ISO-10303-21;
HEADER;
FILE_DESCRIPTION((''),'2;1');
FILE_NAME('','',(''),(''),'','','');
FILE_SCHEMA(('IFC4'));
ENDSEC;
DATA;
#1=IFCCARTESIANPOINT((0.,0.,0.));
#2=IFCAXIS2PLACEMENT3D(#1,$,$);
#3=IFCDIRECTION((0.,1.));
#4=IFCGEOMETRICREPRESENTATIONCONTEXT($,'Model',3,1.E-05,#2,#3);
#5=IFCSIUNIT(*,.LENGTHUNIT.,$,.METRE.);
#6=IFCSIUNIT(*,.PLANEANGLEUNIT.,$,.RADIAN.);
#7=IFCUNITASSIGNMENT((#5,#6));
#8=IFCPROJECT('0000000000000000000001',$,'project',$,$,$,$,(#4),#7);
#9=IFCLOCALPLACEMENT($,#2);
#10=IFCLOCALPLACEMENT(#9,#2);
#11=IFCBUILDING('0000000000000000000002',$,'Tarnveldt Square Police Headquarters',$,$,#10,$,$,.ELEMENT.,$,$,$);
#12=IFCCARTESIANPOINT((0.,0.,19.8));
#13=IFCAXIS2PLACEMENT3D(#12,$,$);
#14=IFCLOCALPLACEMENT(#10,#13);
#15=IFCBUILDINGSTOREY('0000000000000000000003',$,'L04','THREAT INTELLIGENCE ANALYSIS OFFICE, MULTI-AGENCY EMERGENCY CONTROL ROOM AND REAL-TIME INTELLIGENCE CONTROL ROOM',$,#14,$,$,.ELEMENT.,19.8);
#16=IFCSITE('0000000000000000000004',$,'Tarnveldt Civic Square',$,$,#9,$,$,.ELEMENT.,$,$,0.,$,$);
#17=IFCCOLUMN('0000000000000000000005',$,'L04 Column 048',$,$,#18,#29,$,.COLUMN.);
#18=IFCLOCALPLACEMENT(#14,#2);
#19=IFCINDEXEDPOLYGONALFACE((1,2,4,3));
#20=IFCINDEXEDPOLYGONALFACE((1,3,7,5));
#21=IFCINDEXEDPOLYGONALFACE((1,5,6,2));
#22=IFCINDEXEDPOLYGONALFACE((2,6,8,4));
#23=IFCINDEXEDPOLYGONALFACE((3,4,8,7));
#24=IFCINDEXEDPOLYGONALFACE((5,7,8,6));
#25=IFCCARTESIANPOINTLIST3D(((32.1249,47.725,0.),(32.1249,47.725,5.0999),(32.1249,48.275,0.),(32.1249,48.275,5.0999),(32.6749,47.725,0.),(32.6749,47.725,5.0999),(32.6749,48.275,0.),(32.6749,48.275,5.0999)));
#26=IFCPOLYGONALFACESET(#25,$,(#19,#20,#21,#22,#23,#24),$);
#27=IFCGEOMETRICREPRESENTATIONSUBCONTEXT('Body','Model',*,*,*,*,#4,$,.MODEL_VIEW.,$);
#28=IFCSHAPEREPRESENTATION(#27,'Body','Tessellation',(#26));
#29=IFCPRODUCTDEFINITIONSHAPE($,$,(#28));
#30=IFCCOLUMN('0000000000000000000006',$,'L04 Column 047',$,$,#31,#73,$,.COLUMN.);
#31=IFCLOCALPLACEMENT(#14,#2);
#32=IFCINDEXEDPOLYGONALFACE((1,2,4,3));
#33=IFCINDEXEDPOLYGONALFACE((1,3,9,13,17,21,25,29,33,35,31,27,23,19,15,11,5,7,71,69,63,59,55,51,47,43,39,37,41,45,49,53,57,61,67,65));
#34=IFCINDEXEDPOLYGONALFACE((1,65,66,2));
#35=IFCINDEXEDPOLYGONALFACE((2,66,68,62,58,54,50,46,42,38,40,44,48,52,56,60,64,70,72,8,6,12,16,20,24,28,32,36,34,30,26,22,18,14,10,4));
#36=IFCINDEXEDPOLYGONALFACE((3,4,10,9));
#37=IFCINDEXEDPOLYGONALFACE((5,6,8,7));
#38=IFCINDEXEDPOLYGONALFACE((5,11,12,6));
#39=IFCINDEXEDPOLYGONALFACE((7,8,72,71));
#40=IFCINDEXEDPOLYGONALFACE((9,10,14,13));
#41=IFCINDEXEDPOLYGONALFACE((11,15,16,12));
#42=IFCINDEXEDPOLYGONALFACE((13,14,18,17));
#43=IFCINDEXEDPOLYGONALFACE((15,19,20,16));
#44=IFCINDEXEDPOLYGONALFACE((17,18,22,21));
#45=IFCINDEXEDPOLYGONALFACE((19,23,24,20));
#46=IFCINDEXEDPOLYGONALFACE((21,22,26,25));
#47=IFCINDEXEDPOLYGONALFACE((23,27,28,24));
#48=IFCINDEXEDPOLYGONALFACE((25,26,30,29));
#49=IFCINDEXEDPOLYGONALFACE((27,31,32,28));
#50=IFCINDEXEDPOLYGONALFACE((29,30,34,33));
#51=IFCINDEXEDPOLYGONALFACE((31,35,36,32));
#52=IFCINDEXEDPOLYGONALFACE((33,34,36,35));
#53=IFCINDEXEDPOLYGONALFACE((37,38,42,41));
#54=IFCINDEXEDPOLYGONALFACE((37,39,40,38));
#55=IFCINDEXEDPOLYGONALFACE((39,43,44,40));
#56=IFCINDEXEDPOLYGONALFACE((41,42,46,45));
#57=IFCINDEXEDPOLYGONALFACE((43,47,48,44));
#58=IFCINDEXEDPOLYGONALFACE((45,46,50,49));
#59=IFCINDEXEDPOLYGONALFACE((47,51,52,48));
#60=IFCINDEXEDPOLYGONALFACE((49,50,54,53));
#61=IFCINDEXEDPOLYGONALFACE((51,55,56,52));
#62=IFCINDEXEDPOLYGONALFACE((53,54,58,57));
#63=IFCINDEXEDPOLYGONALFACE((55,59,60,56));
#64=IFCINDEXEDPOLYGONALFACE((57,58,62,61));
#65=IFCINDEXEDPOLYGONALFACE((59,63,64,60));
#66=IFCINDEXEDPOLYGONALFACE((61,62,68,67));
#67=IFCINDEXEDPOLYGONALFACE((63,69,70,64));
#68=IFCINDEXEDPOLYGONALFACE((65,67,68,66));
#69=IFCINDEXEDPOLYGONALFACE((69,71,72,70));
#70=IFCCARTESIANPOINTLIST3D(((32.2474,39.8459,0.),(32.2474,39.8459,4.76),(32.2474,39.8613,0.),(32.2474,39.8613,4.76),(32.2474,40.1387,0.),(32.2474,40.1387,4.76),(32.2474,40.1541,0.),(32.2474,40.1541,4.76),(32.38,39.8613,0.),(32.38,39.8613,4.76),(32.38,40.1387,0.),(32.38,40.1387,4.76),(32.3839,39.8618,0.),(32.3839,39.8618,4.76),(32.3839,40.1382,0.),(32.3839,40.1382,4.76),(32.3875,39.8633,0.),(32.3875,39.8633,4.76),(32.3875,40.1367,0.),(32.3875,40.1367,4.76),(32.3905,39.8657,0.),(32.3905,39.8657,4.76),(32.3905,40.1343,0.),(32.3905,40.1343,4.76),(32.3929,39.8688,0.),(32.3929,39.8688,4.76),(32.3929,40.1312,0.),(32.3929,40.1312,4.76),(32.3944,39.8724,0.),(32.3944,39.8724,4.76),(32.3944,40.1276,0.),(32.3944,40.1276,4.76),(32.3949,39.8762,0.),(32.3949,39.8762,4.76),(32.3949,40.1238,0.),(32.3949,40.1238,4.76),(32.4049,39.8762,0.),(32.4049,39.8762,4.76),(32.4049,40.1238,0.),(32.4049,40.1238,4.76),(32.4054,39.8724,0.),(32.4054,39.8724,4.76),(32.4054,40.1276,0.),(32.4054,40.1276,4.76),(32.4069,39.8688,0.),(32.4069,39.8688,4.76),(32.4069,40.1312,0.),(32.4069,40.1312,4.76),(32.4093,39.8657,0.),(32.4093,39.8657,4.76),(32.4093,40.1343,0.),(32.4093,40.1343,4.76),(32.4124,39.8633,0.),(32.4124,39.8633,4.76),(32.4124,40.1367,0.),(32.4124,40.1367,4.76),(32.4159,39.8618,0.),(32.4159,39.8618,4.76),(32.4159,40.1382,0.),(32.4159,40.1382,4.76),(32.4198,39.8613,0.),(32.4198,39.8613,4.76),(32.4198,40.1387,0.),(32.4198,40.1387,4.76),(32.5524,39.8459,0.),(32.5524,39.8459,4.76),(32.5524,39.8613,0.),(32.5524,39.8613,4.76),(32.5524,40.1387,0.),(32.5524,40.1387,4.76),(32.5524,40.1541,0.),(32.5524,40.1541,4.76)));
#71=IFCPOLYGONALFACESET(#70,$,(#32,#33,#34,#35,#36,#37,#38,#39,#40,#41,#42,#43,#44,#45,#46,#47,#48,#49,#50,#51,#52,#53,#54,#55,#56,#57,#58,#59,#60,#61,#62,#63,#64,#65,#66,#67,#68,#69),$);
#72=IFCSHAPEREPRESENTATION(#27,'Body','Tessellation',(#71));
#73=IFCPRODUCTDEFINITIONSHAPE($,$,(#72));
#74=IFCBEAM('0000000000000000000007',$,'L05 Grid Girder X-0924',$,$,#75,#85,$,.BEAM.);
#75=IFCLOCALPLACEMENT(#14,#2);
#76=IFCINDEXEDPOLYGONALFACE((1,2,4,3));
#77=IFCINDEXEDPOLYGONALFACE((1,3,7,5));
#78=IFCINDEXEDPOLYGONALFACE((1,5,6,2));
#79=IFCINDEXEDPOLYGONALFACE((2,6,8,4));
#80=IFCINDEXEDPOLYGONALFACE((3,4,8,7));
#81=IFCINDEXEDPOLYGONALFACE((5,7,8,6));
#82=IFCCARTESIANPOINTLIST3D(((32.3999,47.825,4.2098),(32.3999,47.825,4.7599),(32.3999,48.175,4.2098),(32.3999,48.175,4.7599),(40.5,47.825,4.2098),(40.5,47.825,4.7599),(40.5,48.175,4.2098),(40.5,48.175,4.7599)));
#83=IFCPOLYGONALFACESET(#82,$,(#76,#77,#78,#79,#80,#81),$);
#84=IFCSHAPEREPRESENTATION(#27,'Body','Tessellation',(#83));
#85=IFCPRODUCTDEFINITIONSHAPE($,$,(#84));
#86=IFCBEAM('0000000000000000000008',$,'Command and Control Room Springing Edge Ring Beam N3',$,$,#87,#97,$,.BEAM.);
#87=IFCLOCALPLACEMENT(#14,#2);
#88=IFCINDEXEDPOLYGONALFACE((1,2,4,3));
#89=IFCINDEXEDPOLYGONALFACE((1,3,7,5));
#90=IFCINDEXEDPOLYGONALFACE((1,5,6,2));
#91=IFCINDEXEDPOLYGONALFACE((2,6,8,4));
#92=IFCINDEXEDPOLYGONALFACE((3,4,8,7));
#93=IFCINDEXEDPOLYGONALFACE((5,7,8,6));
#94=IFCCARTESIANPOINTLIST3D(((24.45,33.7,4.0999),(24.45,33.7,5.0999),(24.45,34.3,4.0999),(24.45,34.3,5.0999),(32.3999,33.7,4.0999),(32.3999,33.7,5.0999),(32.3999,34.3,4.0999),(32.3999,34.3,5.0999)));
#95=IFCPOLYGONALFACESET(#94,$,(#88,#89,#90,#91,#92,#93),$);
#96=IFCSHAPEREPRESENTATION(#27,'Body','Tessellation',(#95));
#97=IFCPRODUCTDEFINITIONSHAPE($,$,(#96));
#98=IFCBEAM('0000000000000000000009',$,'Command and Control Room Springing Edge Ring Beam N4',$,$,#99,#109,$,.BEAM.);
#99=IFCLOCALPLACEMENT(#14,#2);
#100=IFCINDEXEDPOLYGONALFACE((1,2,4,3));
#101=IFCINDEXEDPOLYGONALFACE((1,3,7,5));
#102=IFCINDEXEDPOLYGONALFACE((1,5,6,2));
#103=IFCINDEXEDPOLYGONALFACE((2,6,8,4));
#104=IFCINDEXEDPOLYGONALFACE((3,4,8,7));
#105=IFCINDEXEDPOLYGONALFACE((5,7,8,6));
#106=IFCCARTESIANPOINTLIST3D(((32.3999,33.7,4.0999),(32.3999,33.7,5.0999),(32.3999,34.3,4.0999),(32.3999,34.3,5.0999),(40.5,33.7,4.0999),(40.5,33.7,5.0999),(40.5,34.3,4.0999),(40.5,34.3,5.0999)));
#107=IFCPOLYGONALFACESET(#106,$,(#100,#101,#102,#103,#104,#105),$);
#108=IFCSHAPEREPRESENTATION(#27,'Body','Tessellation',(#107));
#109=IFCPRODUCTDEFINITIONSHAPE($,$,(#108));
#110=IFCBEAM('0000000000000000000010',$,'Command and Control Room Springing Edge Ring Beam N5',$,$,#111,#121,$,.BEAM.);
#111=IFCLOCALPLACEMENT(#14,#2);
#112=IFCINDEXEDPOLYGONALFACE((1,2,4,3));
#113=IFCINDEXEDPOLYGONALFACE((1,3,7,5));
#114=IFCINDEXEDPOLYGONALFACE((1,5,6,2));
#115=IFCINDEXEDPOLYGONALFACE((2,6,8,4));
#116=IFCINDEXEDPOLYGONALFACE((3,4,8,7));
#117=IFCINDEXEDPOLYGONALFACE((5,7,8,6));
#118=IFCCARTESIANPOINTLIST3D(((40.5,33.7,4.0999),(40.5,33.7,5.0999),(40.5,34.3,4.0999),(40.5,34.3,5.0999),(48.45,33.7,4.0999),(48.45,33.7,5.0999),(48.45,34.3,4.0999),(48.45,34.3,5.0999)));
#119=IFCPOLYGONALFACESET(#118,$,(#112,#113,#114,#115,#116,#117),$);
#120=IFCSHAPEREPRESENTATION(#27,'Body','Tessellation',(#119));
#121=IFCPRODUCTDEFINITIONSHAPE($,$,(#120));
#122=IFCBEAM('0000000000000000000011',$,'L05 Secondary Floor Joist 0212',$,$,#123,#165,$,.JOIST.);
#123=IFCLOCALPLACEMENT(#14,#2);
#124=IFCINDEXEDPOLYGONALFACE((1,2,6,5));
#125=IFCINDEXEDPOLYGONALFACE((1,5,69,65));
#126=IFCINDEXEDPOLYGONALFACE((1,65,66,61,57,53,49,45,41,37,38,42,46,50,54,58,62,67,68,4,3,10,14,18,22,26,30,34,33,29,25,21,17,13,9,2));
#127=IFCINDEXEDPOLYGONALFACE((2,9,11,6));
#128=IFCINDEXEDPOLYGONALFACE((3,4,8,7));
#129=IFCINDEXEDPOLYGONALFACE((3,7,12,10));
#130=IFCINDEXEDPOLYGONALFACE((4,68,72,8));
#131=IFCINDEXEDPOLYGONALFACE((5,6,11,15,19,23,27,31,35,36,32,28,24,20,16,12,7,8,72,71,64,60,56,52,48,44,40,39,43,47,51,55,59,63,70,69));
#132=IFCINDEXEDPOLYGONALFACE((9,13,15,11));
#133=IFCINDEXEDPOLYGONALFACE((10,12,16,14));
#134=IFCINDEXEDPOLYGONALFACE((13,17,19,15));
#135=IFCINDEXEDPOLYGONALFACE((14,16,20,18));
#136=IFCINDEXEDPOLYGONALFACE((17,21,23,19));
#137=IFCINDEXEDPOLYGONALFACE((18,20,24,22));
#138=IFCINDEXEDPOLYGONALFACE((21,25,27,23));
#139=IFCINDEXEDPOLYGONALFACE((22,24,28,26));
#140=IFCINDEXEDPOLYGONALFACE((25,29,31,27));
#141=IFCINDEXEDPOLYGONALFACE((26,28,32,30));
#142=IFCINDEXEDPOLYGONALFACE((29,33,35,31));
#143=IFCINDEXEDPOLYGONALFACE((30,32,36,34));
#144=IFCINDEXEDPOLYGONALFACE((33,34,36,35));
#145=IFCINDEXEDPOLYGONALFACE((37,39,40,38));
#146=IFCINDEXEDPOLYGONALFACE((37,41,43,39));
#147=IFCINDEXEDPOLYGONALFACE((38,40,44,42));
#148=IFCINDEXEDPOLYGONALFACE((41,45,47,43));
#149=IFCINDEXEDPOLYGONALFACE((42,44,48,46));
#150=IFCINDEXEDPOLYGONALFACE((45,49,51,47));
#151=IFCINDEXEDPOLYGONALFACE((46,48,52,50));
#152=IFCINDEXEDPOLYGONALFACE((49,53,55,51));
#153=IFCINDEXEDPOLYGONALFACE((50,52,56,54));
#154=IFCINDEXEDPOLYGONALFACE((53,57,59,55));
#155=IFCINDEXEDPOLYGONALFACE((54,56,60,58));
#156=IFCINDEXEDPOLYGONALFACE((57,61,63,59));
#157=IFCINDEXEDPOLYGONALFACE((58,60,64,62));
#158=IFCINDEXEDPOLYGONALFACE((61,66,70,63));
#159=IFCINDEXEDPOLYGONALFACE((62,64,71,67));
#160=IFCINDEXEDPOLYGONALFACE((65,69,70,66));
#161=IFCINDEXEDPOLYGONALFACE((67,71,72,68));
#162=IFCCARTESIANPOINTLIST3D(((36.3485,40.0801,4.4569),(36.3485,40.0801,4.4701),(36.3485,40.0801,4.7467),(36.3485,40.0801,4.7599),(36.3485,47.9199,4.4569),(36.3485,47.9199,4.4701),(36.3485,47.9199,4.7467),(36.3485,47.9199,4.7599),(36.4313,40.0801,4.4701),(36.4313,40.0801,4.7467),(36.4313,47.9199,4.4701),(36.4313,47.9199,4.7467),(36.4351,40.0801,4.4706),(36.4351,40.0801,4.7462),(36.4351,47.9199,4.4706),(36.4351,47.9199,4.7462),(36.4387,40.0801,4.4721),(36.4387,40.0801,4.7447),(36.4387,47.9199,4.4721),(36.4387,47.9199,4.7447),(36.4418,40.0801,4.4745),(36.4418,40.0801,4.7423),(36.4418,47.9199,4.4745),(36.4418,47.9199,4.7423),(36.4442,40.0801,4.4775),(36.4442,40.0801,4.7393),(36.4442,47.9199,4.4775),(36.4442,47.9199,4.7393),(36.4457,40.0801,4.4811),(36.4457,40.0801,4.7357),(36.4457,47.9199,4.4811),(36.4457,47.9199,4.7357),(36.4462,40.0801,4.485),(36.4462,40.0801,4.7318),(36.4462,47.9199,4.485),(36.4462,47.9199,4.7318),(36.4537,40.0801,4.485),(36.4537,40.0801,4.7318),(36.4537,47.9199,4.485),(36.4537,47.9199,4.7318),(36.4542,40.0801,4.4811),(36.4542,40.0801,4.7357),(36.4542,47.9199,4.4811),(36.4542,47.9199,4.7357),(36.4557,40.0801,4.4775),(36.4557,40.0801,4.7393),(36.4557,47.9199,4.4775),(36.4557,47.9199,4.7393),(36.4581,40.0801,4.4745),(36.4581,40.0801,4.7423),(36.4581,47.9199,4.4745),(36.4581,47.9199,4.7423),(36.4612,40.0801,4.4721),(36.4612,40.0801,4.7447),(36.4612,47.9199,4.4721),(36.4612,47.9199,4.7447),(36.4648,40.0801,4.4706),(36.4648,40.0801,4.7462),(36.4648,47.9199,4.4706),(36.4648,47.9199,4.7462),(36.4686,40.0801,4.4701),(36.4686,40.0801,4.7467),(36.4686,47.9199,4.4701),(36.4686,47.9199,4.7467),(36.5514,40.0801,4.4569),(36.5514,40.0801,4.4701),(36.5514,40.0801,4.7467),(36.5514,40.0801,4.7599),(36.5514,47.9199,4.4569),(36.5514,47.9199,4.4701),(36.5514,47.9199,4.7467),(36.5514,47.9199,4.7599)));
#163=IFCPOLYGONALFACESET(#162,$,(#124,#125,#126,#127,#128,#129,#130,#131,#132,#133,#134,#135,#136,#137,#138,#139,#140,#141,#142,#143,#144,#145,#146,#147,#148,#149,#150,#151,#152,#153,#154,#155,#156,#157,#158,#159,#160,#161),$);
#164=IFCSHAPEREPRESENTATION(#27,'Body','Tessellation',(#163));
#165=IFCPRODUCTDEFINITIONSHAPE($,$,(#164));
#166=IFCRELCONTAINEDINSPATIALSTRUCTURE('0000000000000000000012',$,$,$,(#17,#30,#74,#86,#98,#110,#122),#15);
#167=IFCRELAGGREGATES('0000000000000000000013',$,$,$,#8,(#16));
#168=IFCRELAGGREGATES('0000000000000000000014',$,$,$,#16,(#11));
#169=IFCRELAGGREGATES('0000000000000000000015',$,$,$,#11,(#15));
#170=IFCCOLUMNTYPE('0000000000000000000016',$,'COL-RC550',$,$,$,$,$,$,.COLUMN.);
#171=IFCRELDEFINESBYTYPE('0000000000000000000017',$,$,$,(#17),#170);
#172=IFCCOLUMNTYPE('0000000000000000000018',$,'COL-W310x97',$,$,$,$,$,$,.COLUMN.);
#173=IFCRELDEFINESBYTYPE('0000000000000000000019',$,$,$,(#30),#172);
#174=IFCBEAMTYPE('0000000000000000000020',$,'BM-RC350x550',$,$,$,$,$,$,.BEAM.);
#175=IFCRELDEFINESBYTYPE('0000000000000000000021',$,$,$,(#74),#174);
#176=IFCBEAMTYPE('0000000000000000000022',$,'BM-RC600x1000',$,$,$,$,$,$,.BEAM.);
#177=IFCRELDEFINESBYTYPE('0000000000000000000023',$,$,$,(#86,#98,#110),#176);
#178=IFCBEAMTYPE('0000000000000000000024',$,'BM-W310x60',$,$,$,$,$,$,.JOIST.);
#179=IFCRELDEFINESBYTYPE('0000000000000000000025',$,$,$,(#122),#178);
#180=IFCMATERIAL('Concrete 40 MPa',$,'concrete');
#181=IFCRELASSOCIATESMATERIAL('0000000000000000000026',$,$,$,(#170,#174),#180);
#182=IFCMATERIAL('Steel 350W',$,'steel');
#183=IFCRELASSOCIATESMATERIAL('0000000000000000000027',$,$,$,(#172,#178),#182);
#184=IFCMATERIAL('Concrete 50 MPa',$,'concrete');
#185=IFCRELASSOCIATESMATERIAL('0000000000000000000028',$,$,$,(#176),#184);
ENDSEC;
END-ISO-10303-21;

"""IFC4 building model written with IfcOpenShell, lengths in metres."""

from ifc_helpers import new_model, si_unit, direction, frame, origin, origin_2d, place, context, subcontext, project, spatial, rectangle, i_section, extrude, material, material_profile, profile_set, type_object, element, save


model = new_model("IFC4")

# Units and contexts
model_context = context("Model", 3, precision=1e-05, world=origin(), true_north=direction((0.0, 1.0)))
body_context = subcontext(model_context, "Body", "Model", "MODEL_VIEW")
ifc_project = project(units=[si_unit("LENGTHUNIT", "METRE"), si_unit("PLANEANGLEUNIT", "RADIAN")], contexts=[model_context])

# Site, building, storey
site_placement = place(None, origin())
site = spatial("IfcSite", under=ifc_project, at=site_placement, Name="Tarnveldt Civic Square", CompositionType="ELEMENT", RefElevation=0.0)
building_placement = place(site_placement, origin())
building = spatial("IfcBuilding", under=site, at=building_placement, Name="Tarnveldt Square Police Headquarters", CompositionType="ELEMENT")
storey_placement = place(building_placement, frame((0.0, 0.0, 19.8)))
storey = spatial("IfcBuildingStorey", under=building, at=storey_placement, Name="L04", Description="THREAT INTELLIGENCE ANALYSIS OFFICE, MULTI-AGENCY EMERGENCY CONTROL ROOM AND REAL-TIME INTELLIGENCE CONTROL ROOM", CompositionType="ELEMENT", Elevation=19.8)

# Columns
ifc_material_1 = material(Name="Concrete 40 MPa", Category="concrete")
ifc_material_profile_1 = material_profile(ifc_material_1, rectangle(XDim=0.55, YDim=0.55, at=origin_2d()), Name="RC-C550x550")
ifc_profile_set_1 = profile_set([ifc_material_profile_1], Name="Concrete 40 MPa")
column_type_1 = type_object("IfcColumnType", Name="COL-RC550", PredefinedType="COLUMN", material=ifc_profile_set_1)
column_1_placement = place(storey_placement, frame((32.3999, 48.0, 0.0), z_axis=(0.0, 0.0, 1.0), x_axis=(1.0, 0.0, 0.0)))
element("IfcColumn", 1, at=column_1_placement, inside=storey, type_object=column_type_1, Name="L04 Column 048", PredefinedType="COLUMN", context=body_context, shape_type="SweptSolid", body=[
    extrude(rectangle(XDim=0.55, YDim=0.55, at=origin_2d()), origin(), (0.0, 0.0, 1.0), 5.0999),
])
ifc_material_2 = material(Name="Steel 350W", Category="steel")
ifc_material_profile_2 = material_profile(ifc_material_2, i_section(OverallWidth=0.3049, OverallDepth=0.3081, WebThickness=0.01, FlangeThickness=0.0154, FilletRadius=0.0149, at=origin_2d()), Name="W310x97")
ifc_profile_set_2 = profile_set([ifc_material_profile_2], Name="Steel 350W")
column_type_2 = type_object("IfcColumnType", Name="COL-W310x97", PredefinedType="COLUMN", material=ifc_profile_set_2)
column_2_placement = place(storey_placement, frame((32.3999, 40.0, 0.0), z_axis=(0.0, 0.0, 1.0), x_axis=(1.0, 0.0, 0.0)))
element("IfcColumn", 2, at=column_2_placement, inside=storey, type_object=column_type_2, Name="L04 Column 047", PredefinedType="COLUMN", context=body_context, shape_type="SweptSolid", body=[
    extrude(i_section(OverallWidth=0.3049, OverallDepth=0.3081, WebThickness=0.01, FlangeThickness=0.0154, FilletRadius=0.0149, at=origin_2d()), origin(), (0.0, 0.0, 1.0), 4.76),
])

# Beams
ifc_material_profile_3 = material_profile(ifc_material_1, rectangle(XDim=0.3501, YDim=0.55, at=origin_2d()), Name="RC-B350x550")
ifc_profile_set_3 = profile_set([ifc_material_profile_3], Name="Concrete 40 MPa")
beam_type_1 = type_object("IfcBeamType", Name="BM-RC350x550", PredefinedType="BEAM", material=ifc_profile_set_3)
beam_1_placement = place(storey_placement, frame((32.3999, 48.0, 4.4849), z_axis=(1.0, 0.0, 0.0), x_axis=(0.0, 1.0, 0.0)))
element("IfcBeam", 3, at=beam_1_placement, inside=storey, type_object=beam_type_1, Name="L05 Grid Girder X-0924", PredefinedType="BEAM", context=body_context, shape_type="SweptSolid", body=[
    extrude(rectangle(XDim=0.3501, YDim=0.55, at=origin_2d()), origin(), (0.0, 0.0, 1.0), 8.1001),
])
ifc_material_3 = material(Name="Concrete 50 MPa", Category="concrete")
ifc_material_profile_4 = material_profile(ifc_material_3, rectangle(XDim=0.6001, YDim=1.0, at=origin_2d()), Name="RC-B600x1000")
ifc_profile_set_4 = profile_set([ifc_material_profile_4], Name="Concrete 50 MPa")
beam_type_2 = type_object("IfcBeamType", Name="BM-RC600x1000", PredefinedType="BEAM", material=ifc_profile_set_4)
beam_2_placement = place(storey_placement, frame((24.45, 34.0, 4.5999), z_axis=(1.0, 0.0, 0.0), x_axis=(0.0, 1.0, 0.0)))
element("IfcBeam", 4, at=beam_2_placement, inside=storey, type_object=beam_type_2, Name="Command and Control Room Springing Edge Ring Beam N3", PredefinedType="BEAM", context=body_context, shape_type="SweptSolid", body=[
    extrude(rectangle(XDim=0.6001, YDim=1.0, at=origin_2d()), origin(), (0.0, 0.0, 1.0), 7.95),
])
beam_3_placement = place(storey_placement, frame((32.3999, 34.0, 4.5999), z_axis=(1.0, 0.0, 0.0), x_axis=(0.0, 1.0, 0.0)))
element("IfcBeam", 5, at=beam_3_placement, inside=storey, type_object=beam_type_2, Name="Command and Control Room Springing Edge Ring Beam N4", PredefinedType="BEAM", context=body_context, shape_type="SweptSolid", body=[
    extrude(rectangle(XDim=0.6001, YDim=1.0, at=origin_2d()), origin(), (0.0, 0.0, 1.0), 8.1001),
])
beam_4_placement = place(storey_placement, frame((40.5, 34.0, 4.5999), z_axis=(1.0, 0.0, 0.0), x_axis=(0.0, 1.0, 0.0)))
element("IfcBeam", 6, at=beam_4_placement, inside=storey, type_object=beam_type_2, Name="Command and Control Room Springing Edge Ring Beam N5", PredefinedType="BEAM", context=body_context, shape_type="SweptSolid", body=[
    extrude(rectangle(XDim=0.6001, YDim=1.0, at=origin_2d()), origin(), (0.0, 0.0, 1.0), 7.95),
])
ifc_material_profile_5 = material_profile(ifc_material_2, i_section(OverallWidth=0.2029, OverallDepth=0.303, WebThickness=0.0076, FlangeThickness=0.0132, FilletRadius=0.0149, at=origin_2d()), Name="W310x60")
ifc_profile_set_5 = profile_set([ifc_material_profile_5], Name="Steel 350W")
beam_type_3 = type_object("IfcBeamType", Name="BM-W310x60", PredefinedType="JOIST", material=ifc_profile_set_5)
beam_5_placement = place(storey_placement, frame((36.45, 40.0801, 4.6084), z_axis=(0.0, 1.0, 0.0), x_axis=(-1.0, 0.0, 0.0)))
element("IfcBeam", 7, at=beam_5_placement, inside=storey, type_object=beam_type_3, Name="L05 Secondary Floor Joist 0212", PredefinedType="JOIST", context=body_context, shape_type="SweptSolid", body=[
    extrude(i_section(OverallWidth=0.2029, OverallDepth=0.303, WebThickness=0.0076, FlangeThickness=0.0132, FilletRadius=0.0149, at=origin_2d()), origin(), (0.0, 0.0, 1.0), 7.8398),
])

save(model, "model.ifc")
